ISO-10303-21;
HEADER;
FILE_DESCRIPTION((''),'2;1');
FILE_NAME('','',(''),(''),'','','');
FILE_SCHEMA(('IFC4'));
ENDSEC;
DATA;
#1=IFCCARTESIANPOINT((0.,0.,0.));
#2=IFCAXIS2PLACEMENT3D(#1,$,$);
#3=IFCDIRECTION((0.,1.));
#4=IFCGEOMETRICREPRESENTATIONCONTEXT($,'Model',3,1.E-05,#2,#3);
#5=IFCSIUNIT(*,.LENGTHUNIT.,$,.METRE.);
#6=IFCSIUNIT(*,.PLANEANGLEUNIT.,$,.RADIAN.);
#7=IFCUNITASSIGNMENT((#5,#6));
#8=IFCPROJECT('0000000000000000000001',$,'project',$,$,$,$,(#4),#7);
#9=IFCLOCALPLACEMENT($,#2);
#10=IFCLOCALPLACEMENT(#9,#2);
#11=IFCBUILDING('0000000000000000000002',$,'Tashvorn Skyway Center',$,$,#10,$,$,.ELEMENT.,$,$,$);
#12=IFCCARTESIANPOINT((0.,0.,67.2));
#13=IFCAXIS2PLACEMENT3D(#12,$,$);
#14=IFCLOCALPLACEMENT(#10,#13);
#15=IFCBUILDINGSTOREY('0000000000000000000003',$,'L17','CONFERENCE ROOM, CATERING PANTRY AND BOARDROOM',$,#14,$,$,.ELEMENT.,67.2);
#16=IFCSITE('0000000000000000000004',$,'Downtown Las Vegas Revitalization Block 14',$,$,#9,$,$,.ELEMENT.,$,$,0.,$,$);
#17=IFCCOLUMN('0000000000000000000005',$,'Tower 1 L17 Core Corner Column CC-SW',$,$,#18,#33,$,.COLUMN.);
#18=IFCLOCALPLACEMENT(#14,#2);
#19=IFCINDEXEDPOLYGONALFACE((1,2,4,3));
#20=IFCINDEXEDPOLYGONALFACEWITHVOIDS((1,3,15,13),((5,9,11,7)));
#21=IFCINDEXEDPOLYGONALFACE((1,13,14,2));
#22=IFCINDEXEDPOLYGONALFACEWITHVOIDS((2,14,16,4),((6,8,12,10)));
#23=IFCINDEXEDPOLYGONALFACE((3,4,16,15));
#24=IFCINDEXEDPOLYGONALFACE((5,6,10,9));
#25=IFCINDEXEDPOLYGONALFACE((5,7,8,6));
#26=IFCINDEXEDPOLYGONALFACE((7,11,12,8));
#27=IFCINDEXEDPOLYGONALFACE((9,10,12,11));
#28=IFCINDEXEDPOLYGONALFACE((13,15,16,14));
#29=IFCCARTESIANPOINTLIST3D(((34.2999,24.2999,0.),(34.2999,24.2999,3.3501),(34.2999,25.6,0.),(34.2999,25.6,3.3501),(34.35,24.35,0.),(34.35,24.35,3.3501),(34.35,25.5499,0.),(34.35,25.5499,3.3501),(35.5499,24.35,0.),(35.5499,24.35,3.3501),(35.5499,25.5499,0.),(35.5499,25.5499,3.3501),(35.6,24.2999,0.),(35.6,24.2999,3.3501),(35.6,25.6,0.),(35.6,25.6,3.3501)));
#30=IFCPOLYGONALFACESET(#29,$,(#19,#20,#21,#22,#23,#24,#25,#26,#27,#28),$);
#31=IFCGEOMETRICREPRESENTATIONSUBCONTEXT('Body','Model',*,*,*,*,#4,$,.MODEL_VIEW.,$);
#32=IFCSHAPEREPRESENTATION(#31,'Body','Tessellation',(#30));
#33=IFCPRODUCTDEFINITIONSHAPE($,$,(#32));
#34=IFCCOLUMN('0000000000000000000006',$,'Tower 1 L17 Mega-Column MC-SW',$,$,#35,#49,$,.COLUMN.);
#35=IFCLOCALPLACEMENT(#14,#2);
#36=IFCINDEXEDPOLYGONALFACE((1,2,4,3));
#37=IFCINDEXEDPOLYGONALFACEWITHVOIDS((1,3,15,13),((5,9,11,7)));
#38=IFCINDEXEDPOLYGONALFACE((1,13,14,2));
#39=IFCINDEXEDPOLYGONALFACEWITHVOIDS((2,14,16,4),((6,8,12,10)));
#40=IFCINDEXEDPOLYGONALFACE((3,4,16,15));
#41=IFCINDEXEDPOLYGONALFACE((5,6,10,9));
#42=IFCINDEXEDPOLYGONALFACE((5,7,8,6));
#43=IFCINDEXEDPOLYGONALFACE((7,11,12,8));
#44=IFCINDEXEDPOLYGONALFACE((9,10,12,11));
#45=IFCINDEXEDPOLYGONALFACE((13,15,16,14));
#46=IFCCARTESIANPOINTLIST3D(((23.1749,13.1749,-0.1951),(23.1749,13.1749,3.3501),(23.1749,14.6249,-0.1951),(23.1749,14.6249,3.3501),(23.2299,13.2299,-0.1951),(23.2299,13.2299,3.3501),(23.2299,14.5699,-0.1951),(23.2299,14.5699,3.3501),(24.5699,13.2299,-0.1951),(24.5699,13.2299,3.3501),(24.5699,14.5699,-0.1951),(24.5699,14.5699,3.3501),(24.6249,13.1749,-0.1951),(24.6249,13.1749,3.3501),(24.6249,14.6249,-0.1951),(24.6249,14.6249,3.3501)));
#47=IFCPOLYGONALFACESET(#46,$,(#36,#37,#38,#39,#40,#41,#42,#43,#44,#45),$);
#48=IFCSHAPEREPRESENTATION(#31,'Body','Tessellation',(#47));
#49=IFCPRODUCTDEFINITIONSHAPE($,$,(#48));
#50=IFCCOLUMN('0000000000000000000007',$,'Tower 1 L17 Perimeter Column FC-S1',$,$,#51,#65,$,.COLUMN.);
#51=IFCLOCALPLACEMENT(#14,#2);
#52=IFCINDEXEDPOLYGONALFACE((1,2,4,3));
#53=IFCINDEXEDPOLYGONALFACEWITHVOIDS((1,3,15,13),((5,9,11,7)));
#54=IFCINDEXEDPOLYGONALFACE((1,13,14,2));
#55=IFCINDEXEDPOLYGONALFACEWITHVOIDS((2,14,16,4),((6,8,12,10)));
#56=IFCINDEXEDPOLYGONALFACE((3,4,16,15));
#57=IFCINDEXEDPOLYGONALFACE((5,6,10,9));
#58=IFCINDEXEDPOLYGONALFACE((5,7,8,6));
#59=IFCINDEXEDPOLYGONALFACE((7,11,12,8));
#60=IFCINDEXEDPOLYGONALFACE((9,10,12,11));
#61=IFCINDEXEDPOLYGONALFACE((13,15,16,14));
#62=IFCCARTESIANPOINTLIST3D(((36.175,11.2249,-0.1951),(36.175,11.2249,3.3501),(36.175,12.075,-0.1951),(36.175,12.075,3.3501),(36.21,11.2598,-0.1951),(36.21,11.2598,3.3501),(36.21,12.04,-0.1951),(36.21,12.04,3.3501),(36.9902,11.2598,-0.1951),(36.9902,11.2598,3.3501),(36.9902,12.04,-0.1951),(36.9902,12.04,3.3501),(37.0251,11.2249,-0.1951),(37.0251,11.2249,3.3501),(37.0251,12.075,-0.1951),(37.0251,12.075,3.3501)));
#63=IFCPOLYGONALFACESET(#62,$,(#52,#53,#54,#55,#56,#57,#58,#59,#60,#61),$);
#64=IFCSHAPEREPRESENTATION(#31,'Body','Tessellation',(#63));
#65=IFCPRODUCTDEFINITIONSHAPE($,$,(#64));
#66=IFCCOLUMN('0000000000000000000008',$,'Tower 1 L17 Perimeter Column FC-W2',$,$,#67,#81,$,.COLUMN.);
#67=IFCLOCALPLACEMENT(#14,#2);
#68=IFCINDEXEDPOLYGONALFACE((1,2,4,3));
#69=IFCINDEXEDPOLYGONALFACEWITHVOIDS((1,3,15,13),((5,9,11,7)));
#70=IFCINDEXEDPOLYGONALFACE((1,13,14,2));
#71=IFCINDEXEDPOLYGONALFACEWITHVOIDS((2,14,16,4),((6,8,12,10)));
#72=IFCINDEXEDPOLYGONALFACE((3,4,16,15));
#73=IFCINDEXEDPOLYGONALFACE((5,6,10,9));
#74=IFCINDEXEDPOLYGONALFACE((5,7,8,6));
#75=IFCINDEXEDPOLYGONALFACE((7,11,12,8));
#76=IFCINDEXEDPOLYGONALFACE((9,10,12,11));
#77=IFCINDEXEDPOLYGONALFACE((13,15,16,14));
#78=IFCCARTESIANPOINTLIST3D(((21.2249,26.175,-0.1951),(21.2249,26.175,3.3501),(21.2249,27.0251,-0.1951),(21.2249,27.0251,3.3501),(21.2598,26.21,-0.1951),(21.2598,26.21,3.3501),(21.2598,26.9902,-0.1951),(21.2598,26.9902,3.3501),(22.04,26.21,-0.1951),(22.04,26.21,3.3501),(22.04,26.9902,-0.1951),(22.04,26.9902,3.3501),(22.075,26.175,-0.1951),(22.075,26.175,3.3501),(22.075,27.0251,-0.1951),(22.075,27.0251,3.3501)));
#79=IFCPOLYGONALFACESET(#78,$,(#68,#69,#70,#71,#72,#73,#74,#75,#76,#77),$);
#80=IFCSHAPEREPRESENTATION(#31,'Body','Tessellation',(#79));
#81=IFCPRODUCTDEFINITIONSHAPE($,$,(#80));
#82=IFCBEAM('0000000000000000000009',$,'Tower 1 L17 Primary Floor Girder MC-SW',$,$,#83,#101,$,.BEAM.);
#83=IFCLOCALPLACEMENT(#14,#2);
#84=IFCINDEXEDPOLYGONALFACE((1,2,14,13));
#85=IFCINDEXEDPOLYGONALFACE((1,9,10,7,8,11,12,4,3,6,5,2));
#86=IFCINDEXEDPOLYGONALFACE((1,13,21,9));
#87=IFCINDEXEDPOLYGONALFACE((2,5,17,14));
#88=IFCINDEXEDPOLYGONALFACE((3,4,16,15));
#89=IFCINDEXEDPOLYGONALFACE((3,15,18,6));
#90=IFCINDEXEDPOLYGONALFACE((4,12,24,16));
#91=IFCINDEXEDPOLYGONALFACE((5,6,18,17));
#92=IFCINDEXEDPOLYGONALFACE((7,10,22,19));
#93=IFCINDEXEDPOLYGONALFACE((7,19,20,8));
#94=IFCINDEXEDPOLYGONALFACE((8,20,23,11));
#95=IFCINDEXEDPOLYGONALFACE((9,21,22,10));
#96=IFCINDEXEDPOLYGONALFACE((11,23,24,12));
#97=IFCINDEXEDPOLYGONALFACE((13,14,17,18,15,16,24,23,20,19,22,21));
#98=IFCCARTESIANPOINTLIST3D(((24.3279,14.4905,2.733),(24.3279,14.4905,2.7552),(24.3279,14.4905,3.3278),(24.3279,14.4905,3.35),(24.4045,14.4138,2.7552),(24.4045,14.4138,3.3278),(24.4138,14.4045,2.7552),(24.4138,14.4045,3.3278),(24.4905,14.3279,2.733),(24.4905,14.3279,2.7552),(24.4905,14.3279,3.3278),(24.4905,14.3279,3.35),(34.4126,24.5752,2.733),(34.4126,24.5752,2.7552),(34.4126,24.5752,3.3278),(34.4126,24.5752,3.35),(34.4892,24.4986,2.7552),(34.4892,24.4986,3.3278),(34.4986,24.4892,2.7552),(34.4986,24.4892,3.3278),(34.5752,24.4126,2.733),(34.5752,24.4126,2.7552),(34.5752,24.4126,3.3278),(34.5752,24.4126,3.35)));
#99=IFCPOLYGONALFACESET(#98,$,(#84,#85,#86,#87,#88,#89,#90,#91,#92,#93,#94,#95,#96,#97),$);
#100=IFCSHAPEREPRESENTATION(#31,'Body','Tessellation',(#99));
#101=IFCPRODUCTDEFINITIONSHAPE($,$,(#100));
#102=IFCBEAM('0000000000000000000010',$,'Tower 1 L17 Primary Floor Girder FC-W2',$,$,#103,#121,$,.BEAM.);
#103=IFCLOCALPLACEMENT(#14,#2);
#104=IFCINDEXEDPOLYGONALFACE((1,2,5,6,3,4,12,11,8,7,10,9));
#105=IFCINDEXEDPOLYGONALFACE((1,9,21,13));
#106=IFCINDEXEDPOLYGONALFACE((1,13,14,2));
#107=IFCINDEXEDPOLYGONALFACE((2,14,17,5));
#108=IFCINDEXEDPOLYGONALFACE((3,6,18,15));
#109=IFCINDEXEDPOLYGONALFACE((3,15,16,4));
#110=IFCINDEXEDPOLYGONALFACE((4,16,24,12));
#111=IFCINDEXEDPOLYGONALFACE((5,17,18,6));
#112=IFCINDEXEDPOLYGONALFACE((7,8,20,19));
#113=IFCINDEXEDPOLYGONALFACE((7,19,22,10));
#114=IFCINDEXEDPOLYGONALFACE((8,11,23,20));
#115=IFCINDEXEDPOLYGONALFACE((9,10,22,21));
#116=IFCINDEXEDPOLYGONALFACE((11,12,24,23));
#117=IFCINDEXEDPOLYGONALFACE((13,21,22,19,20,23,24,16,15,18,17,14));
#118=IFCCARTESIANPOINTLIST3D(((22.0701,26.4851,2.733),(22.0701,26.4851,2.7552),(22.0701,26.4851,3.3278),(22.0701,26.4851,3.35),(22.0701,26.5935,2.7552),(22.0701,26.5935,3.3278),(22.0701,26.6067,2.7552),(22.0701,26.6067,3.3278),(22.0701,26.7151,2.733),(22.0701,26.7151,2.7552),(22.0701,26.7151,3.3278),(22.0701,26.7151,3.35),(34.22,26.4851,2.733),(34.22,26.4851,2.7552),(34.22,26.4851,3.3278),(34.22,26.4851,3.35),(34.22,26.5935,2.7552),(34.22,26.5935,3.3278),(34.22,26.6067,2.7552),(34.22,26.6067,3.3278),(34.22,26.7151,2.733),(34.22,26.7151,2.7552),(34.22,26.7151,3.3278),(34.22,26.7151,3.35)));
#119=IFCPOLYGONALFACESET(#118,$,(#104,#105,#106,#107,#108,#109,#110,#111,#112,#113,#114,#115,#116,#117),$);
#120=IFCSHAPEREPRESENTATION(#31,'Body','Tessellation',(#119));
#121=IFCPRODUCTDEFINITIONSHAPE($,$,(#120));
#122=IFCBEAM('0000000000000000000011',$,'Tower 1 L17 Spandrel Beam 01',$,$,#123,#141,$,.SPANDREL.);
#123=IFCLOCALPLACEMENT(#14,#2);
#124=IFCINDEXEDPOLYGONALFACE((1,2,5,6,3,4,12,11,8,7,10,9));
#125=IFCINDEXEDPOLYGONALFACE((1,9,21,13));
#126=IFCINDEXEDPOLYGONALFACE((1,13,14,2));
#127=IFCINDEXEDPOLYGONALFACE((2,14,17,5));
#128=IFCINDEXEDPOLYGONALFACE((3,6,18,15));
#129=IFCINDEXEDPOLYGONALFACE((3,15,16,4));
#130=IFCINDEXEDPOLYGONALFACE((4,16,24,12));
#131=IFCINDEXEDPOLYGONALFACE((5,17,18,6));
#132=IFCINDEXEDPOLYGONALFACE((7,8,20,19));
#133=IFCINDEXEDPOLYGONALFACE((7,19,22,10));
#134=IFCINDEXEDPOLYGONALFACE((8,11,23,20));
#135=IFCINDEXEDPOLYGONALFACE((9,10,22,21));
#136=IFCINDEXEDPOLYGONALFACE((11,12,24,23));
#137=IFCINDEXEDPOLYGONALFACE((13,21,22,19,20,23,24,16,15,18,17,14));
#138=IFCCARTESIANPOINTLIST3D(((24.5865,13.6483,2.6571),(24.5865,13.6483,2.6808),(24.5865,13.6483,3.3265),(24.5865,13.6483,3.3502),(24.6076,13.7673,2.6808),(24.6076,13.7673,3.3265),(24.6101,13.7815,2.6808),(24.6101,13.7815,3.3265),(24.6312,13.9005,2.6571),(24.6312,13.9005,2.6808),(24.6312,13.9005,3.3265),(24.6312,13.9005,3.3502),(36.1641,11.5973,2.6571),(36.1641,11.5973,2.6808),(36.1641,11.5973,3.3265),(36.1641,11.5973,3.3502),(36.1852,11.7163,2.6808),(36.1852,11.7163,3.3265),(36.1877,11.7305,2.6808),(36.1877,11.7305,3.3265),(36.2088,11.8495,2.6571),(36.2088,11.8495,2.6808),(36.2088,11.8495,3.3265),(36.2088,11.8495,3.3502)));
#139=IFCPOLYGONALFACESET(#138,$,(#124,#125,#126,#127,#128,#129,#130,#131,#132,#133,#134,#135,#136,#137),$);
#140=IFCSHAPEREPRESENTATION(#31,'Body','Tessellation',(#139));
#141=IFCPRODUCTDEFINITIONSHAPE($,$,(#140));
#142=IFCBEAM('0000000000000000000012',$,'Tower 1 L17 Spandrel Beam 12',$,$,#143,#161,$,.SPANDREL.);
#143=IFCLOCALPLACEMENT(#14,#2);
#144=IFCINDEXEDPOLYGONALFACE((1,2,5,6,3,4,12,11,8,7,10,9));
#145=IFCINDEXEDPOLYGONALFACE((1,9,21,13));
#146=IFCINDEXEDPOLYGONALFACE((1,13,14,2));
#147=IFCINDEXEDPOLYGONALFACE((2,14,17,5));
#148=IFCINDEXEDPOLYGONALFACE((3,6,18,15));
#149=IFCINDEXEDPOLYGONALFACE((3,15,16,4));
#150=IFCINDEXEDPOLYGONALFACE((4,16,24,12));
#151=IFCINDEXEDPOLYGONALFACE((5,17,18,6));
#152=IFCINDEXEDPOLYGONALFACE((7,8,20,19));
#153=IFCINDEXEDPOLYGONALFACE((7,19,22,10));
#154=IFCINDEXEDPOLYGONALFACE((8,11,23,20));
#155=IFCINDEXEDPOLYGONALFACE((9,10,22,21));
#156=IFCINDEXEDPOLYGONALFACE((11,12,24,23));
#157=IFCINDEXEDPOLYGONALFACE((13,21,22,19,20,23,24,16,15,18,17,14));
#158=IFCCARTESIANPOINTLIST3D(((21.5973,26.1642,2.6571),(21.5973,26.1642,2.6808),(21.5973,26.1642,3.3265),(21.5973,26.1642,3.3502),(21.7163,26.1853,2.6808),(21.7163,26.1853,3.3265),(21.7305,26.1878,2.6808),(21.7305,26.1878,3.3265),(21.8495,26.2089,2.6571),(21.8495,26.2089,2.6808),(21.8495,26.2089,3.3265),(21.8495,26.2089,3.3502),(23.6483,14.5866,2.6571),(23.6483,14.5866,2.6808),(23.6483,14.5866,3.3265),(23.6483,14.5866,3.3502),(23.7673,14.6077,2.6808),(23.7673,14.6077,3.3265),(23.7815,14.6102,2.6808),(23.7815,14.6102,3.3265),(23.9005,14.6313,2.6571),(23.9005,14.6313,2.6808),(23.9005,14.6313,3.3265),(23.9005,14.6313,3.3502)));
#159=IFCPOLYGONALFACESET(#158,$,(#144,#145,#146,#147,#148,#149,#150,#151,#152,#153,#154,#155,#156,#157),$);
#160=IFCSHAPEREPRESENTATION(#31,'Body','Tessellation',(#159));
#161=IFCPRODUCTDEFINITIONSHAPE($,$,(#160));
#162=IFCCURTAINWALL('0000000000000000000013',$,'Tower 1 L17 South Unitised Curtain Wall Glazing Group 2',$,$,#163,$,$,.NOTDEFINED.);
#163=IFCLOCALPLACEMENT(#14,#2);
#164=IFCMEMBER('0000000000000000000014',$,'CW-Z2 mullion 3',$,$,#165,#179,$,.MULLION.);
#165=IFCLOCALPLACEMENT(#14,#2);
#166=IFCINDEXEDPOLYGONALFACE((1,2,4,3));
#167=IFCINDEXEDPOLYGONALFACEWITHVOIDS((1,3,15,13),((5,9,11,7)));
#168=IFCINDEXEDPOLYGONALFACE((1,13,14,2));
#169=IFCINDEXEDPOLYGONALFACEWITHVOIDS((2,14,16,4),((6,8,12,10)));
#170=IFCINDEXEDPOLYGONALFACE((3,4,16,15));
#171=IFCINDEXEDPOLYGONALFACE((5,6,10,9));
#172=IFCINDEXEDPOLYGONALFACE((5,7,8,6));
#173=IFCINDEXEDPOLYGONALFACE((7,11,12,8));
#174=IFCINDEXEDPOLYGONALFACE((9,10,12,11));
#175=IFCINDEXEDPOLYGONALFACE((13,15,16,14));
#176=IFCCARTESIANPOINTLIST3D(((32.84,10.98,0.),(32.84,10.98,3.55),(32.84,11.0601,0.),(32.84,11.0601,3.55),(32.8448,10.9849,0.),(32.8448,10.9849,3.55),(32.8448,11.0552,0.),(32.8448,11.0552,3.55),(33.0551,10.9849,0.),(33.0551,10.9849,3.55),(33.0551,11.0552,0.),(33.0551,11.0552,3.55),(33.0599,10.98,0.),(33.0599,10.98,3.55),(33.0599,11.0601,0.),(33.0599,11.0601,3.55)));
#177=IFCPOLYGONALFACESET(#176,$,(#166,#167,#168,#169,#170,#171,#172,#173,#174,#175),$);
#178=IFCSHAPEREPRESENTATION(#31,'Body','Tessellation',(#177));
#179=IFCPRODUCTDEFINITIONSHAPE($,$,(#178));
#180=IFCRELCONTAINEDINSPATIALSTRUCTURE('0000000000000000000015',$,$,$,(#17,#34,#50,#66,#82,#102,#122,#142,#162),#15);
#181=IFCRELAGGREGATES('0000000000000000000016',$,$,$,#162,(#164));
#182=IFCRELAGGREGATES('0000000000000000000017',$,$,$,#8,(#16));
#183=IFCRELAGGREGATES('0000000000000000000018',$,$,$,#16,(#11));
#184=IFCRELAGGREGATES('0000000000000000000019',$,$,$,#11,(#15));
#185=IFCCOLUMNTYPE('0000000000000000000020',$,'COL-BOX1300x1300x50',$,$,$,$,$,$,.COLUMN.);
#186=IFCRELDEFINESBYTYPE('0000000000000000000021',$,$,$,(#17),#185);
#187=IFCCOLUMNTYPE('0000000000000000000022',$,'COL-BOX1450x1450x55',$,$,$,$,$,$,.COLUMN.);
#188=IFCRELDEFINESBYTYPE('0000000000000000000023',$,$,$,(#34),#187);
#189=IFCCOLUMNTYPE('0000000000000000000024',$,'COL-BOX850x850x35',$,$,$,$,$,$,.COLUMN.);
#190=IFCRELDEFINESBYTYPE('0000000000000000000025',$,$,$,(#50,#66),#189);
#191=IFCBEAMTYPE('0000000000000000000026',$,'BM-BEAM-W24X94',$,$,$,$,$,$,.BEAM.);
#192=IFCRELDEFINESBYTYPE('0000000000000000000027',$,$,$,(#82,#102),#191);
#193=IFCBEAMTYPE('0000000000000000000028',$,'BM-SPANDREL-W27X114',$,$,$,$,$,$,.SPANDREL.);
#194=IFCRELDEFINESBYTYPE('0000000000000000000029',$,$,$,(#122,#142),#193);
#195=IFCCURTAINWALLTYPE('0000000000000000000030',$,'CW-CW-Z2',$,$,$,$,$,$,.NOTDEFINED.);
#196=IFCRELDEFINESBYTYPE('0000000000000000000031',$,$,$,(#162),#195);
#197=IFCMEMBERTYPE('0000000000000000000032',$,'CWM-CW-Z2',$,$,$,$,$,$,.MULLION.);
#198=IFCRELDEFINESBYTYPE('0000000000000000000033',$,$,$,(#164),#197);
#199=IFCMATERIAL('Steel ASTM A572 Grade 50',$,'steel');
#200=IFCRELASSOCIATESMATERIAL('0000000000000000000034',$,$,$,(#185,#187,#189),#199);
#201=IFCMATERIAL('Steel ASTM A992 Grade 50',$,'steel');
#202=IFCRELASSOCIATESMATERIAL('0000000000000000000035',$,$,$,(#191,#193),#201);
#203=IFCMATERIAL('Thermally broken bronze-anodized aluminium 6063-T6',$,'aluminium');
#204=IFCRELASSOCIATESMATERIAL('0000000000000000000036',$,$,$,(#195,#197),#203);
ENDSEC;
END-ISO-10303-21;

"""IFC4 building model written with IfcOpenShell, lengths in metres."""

from ifc_helpers import new_model, si_unit, direction, frame, origin, origin_2d, place, context, subcontext, project, spatial, hollow_rectangle, i_section, extrude, material, material_profile, profile_set, type_object, element, aggregate, save


model = new_model("IFC4")

# Units and contexts
model_context = context("Model", 3, precision=1e-05, world=origin(), true_north=direction((0.0, 1.0)))
body_context = subcontext(model_context, "Body", "Model", "MODEL_VIEW")
ifc_project = project(units=[si_unit("LENGTHUNIT", "METRE"), si_unit("PLANEANGLEUNIT", "RADIAN")], contexts=[model_context])

# Site, building, storey
site_placement = place(None, origin())
site = spatial("IfcSite", under=ifc_project, at=site_placement, Name="Downtown Las Vegas Revitalization Block 14", CompositionType="ELEMENT", RefElevation=0.0)
building_placement = place(site_placement, origin())
building = spatial("IfcBuilding", under=site, at=building_placement, Name="Tashvorn Skyway Center", CompositionType="ELEMENT")
storey_placement = place(building_placement, frame((0.0, 0.0, 67.2)))
storey = spatial("IfcBuildingStorey", under=building, at=storey_placement, Name="L17", Description="CONFERENCE ROOM, CATERING PANTRY AND BOARDROOM", CompositionType="ELEMENT", Elevation=67.2)

# Columns
ifc_material_1 = material(Name="Steel ASTM A572 Grade 50", Category="steel")
ifc_material_profile_1 = material_profile(ifc_material_1, hollow_rectangle(XDim=1.3, YDim=1.3, WallThickness=0.05, at=origin_2d()), Name="BOX1300x1300x50")
ifc_profile_set_1 = profile_set([ifc_material_profile_1], Name="Steel ASTM A572 Grade 50")
column_type_1 = type_object("IfcColumnType", Name="COL-BOX1300x1300x50", PredefinedType="COLUMN", material=ifc_profile_set_1)
column_1_placement = place(storey_placement, frame((34.95, 24.95, 0.0), z_axis=(0.0, 0.0, 1.0), x_axis=(1.0, 0.0, 0.0)))
element("IfcColumn", 1, at=column_1_placement, inside=storey, type_object=column_type_1, Name="Tower 1 L17 Core Corner Column CC-SW", PredefinedType="COLUMN", context=body_context, shape_type="SweptSolid", body=[
    extrude(hollow_rectangle(XDim=1.3, YDim=1.3, WallThickness=0.05, at=origin_2d()), origin(), (0.0, 0.0, 1.0), 3.3501),
])
ifc_material_profile_2 = material_profile(ifc_material_1, hollow_rectangle(XDim=1.45, YDim=1.45, WallThickness=0.0549, at=origin_2d()), Name="BOX1450x1450x55")
ifc_profile_set_2 = profile_set([ifc_material_profile_2], Name="Steel ASTM A572 Grade 50")
column_type_2 = type_object("IfcColumnType", Name="COL-BOX1450x1450x55", PredefinedType="COLUMN", material=ifc_profile_set_2)
column_2_placement = place(storey_placement, frame((23.8999, 13.8999, -0.1951), z_axis=(0.0, 0.0, 1.0), x_axis=(1.0, 0.0, 0.0)))
element("IfcColumn", 2, at=column_2_placement, inside=storey, type_object=column_type_2, Name="Tower 1 L17 Mega-Column MC-SW", PredefinedType="COLUMN", context=body_context, shape_type="SweptSolid", body=[
    extrude(hollow_rectangle(XDim=1.45, YDim=1.45, WallThickness=0.0549, at=origin_2d()), origin(), (0.0, 0.0, 1.0), 3.5452),
])
ifc_material_profile_3 = material_profile(ifc_material_1, hollow_rectangle(XDim=0.8501, YDim=0.8501, WallThickness=0.0349, at=origin_2d()), Name="BOX850x850x35")
ifc_profile_set_3 = profile_set([ifc_material_profile_3], Name="Steel ASTM A572 Grade 50")
column_type_3 = type_object("IfcColumnType", Name="COL-BOX850x850x35", PredefinedType="COLUMN", material=ifc_profile_set_3)
for number, where, z_axis, x_axis, name in (
    (3, (36.6001, 11.6499, -0.1951), (0.0, 0.0, 1.0), (1.0, 0.0, 0.0), "Tower 1 L17 Perimeter Column FC-S1"),
    (4, (21.6499, 26.6001, -0.1951), (0.0, 0.0, 1.0), (1.0, 0.0, 0.0), "Tower 1 L17 Perimeter Column FC-W2"),
):
    element("IfcColumn", number, at=place(storey_placement, frame(where, z_axis=z_axis, x_axis=x_axis)), inside=storey, type_object=column_type_3, Name=name, PredefinedType="COLUMN", context=body_context, shape_type="SweptSolid", body=[
        extrude(hollow_rectangle(XDim=0.8501, YDim=0.8501, WallThickness=0.0349, at=origin_2d()), origin(), (0.0, 0.0, 1.0), 3.5452),
    ])

# Beams
ifc_material_2 = material(Name="Steel ASTM A992 Grade 50", Category="steel")
ifc_material_profile_4 = material_profile(ifc_material_2, i_section(OverallWidth=0.23, OverallDepth=0.6169, WebThickness=0.0132, FlangeThickness=0.0222, at=origin_2d()), Name="W24X94")
ifc_profile_set_4 = profile_set([ifc_material_profile_4], Name="Steel ASTM A992 Grade 50")
beam_type_1 = type_object("IfcBeamType", Name="BM-BEAM-W24X94", PredefinedType="BEAM", material=ifc_profile_set_4)
beam_1_placement = place(storey_placement, frame((24.4092, 14.4092, 3.0415), z_axis=(0.707107, 0.707107, 0.0), x_axis=(-0.707107, 0.707107, 0.0)))
element("IfcBeam", 5, at=beam_1_placement, inside=storey, type_object=beam_type_1, Name="Tower 1 L17 Primary Floor Girder MC-SW", PredefinedType="BEAM", context=body_context, shape_type="SweptSolid", body=[
    extrude(i_section(OverallWidth=0.23, OverallDepth=0.6169, WebThickness=0.0132, FlangeThickness=0.0222, at=origin_2d()), origin(), (0.0, 0.0, 1.0), 14.262),
])
beam_2_placement = place(storey_placement, frame((22.0701, 26.6001, 3.0415), z_axis=(1.0, 0.0, 0.0), x_axis=(0.0, 1.0, 0.0)))
element("IfcBeam", 6, at=beam_2_placement, inside=storey, type_object=beam_type_1, Name="Tower 1 L17 Primary Floor Girder FC-W2", PredefinedType="BEAM", context=body_context, shape_type="SweptSolid", body=[
    extrude(i_section(OverallWidth=0.23, OverallDepth=0.6169, WebThickness=0.0132, FlangeThickness=0.0222, at=origin_2d()), origin(), (0.0, 0.0, 1.0), 12.1499),
])
ifc_material_profile_5 = material_profile(ifc_material_2, i_section(OverallWidth=0.2561, OverallDepth=0.6931, WebThickness=0.0144, FlangeThickness=0.0237, at=origin_2d()), Name="W27X114")
ifc_profile_set_5 = profile_set([ifc_material_profile_5], Name="Steel ASTM A992 Grade 50")
beam_type_2 = type_object("IfcBeamType", Name="BM-SPANDREL-W27X114", PredefinedType="SPANDREL", material=ifc_profile_set_5)
for number, where, z_axis, x_axis, name in (
    (7, (24.6089, 13.7744, 3.0037), (0.984668, -0.174438, 0.0), (0.174438, 0.984668, 0.0), "Tower 1 L17 Spandrel Beam 01"),
    (8, (21.7234, 26.1865, 3.0037), (0.174438, -0.984668, 0.0), (0.984668, 0.174438, 0.0), "Tower 1 L17 Spandrel Beam 12"),
):
    element("IfcBeam", number, at=place(storey_placement, frame(where, z_axis=z_axis, x_axis=x_axis)), inside=storey, type_object=beam_type_2, Name=name, PredefinedType="SPANDREL", context=body_context, shape_type="SweptSolid", body=[
        extrude(i_section(OverallWidth=0.2561, OverallDepth=0.6931, WebThickness=0.0144, FlangeThickness=0.0237, at=origin_2d()), origin(), (0.0, 0.0, 1.0), 11.7578),
    ])

# Curtain wall, member
ifc_material_3 = material(Name="Thermally broken bronze-anodized aluminium 6063-T6", Category="aluminium")
curtain_wall_type = type_object("IfcCurtainWallType", Name="CW-CW-Z2", PredefinedType="NOTDEFINED", material=ifc_material_3)
curtain_wall_1_placement = place(storey_placement, origin())
curtain_wall_1 = element("IfcCurtainWall", 9, at=curtain_wall_1_placement, inside=storey, type_object=curtain_wall_type, Name="Tower 1 L17 South Unitised Curtain Wall Glazing Group 2", PredefinedType="NOTDEFINED")
ifc_material_profile_6 = material_profile(ifc_material_3, hollow_rectangle(XDim=0.0801, YDim=0.22, WallThickness=0.0049, at=origin_2d()), Name="ALU-MULL-80x220")
ifc_profile_set_6 = profile_set([ifc_material_profile_6], Name="Thermally broken bronze-anodized aluminium 6063-T6")
member_type_1 = type_object("IfcMemberType", Name="CWM-CW-Z2", PredefinedType="MULLION", material=ifc_profile_set_6)
member_1_placement = place(storey_placement, frame((32.95, 11.02, 0.0), z_axis=(0.0, 0.0, 1.0), x_axis=(0.0, -1.0, 0.0)))
member_1 = element("IfcMember", 10, at=member_1_placement, type_object=member_type_1, Name="CW-Z2 mullion 3", PredefinedType="MULLION", context=body_context, shape_type="SweptSolid", body=[
    extrude(hollow_rectangle(XDim=0.0801, YDim=0.22, WallThickness=0.0049, at=origin_2d()), origin(), (0.0, 0.0, 1.0), 3.55),
])
aggregate(curtain_wall_1, [member_1])

save(model, "model.ifc")
